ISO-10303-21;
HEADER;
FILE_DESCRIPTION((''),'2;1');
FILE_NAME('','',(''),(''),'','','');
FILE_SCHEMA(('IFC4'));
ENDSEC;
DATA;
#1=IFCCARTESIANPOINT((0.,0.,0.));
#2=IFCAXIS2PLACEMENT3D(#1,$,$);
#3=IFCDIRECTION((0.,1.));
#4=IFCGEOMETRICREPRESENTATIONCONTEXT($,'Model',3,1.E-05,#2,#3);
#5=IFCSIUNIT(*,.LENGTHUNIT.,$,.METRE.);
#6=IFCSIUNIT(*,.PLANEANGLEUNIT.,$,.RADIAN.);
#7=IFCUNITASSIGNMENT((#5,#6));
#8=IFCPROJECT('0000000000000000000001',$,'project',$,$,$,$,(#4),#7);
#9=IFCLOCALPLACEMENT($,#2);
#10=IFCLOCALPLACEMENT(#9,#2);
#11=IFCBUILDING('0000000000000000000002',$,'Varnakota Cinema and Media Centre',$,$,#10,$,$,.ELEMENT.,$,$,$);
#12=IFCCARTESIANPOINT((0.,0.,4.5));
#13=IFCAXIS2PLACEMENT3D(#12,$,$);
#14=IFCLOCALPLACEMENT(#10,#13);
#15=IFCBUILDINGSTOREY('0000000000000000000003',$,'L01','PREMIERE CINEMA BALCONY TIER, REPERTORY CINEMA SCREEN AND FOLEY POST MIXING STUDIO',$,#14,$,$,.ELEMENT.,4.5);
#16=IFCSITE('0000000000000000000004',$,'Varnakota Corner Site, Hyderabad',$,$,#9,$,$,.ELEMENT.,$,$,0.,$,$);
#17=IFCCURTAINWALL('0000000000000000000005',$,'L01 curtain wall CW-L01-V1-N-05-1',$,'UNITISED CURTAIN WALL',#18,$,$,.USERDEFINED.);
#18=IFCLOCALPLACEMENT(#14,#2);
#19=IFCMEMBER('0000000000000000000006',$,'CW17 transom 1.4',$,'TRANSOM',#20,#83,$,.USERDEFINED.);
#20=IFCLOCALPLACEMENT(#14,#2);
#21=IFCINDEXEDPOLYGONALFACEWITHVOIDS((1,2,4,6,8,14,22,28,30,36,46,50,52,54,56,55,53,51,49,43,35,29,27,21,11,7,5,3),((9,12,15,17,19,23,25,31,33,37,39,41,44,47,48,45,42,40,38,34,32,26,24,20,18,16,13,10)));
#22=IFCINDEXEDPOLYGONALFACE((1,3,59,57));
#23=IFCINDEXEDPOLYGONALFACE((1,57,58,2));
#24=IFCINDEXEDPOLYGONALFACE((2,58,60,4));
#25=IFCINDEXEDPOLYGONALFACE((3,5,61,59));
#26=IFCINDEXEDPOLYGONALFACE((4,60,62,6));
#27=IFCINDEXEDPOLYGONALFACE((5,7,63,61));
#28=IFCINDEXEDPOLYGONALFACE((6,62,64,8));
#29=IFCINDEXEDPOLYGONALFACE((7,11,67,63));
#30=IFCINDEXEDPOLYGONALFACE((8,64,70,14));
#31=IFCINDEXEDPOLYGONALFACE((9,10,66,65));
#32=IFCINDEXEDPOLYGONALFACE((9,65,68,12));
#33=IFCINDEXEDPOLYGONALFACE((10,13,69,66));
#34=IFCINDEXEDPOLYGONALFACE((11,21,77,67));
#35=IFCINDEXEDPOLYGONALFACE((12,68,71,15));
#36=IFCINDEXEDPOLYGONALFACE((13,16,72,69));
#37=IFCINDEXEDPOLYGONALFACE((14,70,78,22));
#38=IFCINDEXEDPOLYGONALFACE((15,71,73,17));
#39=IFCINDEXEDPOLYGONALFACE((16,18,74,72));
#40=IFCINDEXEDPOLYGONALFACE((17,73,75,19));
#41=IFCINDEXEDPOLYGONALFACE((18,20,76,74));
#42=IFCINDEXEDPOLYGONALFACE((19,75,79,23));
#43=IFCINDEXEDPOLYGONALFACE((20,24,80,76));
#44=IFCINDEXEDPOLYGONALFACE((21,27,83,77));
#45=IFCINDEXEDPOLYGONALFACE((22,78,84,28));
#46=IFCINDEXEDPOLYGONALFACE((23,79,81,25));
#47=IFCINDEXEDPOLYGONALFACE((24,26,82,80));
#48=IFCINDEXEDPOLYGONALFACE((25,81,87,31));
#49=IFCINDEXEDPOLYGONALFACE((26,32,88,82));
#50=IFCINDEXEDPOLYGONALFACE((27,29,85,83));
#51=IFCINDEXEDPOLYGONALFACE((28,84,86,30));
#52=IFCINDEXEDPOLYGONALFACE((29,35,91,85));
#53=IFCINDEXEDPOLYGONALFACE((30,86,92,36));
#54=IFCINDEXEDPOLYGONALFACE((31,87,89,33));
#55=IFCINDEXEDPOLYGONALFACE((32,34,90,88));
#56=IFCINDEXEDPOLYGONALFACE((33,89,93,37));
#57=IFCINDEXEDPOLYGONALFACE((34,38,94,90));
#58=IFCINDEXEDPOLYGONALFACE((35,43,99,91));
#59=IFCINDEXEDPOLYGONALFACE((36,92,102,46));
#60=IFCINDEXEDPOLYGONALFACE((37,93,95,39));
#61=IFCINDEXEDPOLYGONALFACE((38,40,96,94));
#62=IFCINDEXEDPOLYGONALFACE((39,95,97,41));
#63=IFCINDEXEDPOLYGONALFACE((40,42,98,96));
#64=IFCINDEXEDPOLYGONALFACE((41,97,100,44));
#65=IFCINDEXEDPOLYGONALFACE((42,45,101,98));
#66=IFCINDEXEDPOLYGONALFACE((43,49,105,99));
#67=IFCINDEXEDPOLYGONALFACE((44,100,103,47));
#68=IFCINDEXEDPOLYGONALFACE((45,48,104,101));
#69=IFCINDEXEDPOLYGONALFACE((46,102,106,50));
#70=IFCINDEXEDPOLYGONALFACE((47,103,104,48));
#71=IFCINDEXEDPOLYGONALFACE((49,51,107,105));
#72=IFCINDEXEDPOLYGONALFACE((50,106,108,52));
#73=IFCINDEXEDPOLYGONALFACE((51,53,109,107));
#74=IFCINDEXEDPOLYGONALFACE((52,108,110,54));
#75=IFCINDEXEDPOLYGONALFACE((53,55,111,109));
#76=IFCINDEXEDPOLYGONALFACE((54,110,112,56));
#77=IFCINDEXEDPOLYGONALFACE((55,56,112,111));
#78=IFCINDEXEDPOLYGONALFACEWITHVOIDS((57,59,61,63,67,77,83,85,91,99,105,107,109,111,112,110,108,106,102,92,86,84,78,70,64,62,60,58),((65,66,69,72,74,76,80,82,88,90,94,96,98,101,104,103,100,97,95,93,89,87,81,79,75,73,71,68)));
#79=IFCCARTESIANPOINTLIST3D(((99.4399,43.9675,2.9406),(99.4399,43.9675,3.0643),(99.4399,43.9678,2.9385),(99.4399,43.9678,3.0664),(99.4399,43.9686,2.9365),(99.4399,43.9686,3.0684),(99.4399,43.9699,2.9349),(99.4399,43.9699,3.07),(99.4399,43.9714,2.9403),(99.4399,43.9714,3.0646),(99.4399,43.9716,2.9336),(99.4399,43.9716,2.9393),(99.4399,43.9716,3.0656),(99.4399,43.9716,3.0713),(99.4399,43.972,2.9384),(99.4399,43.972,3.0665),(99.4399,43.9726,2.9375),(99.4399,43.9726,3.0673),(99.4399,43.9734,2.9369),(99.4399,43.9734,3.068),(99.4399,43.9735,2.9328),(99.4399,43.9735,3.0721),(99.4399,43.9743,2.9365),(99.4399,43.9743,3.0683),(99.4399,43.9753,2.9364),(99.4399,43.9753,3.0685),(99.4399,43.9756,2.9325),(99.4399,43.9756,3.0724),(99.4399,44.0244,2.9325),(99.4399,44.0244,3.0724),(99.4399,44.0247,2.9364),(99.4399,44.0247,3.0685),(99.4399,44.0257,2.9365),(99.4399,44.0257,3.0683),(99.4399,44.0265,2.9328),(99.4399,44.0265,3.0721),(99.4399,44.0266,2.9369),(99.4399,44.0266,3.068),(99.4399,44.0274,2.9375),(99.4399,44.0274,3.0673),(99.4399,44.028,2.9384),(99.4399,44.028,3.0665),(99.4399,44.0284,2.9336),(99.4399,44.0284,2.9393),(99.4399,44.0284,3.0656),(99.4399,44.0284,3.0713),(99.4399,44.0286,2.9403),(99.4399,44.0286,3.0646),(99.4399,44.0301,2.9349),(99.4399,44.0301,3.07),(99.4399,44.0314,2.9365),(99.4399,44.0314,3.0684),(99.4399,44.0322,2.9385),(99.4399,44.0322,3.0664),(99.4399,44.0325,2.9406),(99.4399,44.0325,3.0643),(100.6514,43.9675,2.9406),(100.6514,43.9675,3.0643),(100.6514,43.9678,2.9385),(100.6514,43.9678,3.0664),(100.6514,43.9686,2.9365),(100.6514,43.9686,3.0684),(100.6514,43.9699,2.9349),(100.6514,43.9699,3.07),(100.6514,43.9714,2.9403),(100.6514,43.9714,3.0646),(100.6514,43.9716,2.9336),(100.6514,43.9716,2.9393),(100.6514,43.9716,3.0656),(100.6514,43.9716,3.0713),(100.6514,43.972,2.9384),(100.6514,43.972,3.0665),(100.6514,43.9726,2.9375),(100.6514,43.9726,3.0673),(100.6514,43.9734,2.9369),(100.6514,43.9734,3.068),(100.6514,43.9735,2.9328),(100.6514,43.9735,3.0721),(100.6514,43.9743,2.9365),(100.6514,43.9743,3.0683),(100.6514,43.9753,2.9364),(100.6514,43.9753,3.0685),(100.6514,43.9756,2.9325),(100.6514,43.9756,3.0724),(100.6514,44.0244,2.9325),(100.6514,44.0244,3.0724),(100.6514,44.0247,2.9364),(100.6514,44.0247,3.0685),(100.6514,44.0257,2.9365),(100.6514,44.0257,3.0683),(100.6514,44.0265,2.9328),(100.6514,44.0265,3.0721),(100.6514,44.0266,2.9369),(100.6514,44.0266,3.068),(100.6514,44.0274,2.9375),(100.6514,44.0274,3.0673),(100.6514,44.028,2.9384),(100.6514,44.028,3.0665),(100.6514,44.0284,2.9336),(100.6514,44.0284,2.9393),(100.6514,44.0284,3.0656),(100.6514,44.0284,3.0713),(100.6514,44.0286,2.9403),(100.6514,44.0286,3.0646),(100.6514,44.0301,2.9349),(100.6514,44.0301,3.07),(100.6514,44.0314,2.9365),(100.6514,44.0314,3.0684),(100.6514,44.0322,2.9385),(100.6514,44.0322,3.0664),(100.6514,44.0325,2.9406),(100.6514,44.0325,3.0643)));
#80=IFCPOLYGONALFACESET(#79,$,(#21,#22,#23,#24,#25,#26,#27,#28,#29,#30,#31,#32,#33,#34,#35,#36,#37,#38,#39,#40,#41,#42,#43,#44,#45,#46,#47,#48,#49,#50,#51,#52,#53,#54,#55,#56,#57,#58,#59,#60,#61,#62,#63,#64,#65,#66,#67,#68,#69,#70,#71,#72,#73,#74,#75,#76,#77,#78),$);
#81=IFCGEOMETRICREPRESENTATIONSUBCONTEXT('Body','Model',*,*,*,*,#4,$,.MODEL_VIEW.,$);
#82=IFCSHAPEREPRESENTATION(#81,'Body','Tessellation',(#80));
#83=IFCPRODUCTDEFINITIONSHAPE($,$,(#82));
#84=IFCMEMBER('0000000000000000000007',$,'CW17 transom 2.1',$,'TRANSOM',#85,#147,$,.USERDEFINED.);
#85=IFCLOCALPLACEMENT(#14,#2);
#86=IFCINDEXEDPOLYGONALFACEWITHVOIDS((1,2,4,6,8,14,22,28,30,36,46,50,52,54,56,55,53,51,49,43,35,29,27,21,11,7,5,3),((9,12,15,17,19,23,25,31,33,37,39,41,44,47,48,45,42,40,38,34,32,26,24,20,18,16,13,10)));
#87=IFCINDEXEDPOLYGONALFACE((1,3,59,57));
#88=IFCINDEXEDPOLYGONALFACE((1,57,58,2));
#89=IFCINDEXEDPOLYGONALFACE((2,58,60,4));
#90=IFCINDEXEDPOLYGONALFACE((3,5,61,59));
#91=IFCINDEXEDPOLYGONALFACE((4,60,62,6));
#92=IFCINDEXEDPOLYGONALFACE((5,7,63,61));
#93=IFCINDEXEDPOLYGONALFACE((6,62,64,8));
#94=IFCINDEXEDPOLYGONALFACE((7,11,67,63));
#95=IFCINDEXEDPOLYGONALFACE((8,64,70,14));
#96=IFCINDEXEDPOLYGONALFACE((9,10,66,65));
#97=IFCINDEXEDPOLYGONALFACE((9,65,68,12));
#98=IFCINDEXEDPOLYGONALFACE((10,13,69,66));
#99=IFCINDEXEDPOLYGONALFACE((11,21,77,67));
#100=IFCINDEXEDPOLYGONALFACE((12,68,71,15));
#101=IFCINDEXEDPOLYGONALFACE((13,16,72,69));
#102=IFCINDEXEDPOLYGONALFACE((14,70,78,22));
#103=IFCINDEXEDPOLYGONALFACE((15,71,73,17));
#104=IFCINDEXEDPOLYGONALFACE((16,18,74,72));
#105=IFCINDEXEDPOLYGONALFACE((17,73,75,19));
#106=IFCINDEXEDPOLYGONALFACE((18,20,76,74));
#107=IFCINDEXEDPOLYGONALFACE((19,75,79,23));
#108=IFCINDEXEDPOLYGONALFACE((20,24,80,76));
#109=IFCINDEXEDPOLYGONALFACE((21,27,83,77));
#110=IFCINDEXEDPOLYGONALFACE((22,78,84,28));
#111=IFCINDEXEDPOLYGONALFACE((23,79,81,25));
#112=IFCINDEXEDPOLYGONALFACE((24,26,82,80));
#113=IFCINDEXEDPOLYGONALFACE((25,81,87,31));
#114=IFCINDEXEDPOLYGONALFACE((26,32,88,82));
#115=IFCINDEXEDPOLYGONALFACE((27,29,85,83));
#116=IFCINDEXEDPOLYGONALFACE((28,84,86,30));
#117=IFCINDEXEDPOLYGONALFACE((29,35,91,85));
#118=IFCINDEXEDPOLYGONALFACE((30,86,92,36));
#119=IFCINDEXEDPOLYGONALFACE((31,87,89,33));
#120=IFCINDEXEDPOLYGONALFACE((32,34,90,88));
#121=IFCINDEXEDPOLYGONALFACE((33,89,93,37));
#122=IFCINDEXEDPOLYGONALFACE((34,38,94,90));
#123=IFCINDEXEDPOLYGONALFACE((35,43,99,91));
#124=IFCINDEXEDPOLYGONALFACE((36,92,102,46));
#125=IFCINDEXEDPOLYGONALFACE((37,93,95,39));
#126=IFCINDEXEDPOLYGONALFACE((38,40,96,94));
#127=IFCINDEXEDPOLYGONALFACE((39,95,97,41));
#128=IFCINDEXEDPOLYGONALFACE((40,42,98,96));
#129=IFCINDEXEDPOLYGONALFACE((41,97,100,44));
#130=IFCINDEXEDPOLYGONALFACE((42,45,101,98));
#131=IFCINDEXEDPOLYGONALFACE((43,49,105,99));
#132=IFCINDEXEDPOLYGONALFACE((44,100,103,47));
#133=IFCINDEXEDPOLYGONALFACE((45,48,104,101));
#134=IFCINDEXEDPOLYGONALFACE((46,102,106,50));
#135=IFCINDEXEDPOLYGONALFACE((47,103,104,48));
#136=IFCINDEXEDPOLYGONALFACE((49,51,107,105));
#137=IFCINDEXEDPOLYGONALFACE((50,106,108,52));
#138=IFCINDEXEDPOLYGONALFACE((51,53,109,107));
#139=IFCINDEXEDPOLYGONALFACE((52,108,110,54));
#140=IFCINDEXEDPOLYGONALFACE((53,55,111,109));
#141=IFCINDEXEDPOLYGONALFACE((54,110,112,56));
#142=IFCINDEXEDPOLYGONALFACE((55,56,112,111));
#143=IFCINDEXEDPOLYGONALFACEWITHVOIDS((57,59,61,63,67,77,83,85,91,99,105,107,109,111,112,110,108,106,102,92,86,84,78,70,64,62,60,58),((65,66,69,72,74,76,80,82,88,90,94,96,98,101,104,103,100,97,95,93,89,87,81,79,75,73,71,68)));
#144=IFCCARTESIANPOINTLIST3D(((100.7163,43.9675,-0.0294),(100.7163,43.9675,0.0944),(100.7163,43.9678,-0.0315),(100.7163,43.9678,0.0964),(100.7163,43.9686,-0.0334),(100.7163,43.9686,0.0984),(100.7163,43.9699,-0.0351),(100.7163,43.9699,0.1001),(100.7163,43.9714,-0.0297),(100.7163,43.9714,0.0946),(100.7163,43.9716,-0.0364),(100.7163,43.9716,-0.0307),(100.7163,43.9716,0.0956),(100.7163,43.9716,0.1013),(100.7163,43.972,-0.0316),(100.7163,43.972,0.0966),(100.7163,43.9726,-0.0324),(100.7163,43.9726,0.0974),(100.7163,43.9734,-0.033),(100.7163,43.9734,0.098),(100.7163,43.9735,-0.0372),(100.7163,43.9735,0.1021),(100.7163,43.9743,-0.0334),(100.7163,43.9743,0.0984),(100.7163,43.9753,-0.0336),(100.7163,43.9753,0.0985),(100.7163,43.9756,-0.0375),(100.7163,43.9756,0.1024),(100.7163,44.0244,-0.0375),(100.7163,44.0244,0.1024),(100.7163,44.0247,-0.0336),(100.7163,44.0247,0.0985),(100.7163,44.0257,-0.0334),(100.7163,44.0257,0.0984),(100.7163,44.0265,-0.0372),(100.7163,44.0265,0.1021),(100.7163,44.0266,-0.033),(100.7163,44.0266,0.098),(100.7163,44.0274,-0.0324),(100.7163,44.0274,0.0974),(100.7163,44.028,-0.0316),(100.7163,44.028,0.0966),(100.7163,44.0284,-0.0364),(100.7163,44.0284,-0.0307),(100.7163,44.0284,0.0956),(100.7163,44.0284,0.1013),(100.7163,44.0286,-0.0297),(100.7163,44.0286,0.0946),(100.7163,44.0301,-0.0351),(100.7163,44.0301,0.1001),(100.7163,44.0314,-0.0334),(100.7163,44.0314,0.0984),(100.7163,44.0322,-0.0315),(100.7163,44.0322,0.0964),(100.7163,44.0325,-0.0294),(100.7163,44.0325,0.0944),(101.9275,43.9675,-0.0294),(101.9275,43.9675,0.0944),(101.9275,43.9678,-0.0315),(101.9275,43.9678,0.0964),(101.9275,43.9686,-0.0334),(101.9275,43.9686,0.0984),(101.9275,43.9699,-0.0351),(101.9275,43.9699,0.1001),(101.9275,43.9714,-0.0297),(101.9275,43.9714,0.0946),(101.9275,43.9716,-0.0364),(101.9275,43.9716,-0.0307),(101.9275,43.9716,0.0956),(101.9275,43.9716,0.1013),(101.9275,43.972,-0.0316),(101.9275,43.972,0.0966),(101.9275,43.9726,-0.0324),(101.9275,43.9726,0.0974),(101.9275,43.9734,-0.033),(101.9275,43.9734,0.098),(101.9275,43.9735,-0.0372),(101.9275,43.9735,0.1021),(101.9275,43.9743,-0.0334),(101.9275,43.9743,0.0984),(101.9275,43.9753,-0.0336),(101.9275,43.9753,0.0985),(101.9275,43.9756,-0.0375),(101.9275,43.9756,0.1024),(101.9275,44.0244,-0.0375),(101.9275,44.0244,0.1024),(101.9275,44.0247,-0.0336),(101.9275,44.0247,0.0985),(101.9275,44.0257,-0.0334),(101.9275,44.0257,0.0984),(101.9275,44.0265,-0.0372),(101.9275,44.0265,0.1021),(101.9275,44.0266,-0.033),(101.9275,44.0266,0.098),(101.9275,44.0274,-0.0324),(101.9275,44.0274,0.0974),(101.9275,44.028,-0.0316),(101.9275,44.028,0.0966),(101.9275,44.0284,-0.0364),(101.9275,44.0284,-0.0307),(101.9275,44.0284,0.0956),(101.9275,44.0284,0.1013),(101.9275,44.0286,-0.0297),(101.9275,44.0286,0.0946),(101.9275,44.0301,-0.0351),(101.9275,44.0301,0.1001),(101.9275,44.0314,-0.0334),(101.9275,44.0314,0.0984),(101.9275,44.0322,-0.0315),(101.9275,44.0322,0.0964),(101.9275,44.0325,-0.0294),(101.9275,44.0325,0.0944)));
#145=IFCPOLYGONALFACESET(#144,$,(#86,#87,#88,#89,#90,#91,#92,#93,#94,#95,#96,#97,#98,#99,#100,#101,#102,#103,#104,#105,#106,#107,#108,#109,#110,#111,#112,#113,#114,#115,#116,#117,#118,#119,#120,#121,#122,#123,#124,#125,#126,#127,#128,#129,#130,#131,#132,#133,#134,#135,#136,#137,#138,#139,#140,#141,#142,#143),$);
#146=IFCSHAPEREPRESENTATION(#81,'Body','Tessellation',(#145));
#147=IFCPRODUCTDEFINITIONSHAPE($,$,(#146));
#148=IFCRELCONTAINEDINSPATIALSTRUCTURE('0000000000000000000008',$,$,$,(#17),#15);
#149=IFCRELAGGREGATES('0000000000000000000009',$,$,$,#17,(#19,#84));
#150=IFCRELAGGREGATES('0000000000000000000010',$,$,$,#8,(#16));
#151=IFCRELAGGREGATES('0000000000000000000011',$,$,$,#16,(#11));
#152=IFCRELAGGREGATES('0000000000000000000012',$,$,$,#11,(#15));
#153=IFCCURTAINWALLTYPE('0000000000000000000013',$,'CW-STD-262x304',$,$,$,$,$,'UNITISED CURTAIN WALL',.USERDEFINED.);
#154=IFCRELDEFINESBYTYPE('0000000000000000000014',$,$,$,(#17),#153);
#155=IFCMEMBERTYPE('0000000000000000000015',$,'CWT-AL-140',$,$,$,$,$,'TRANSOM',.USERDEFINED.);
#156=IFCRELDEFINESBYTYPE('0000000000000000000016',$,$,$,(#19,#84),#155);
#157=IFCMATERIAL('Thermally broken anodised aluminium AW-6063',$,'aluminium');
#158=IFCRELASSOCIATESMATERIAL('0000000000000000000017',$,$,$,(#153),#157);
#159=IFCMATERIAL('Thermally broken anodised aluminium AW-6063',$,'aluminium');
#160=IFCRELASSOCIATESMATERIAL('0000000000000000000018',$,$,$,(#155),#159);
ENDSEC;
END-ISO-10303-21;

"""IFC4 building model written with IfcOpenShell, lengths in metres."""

from ifc_helpers import new_model, si_unit, direction, frame, origin, origin_2d, place, context, subcontext, project, spatial, hollow_rectangle, extrude, material, material_profile, profile_set, type_object, element, aggregate, save


model = new_model("IFC4")

# Units and contexts
model_context = context("Model", 3, precision=1e-05, world=origin(), true_north=direction((0.0, 1.0)))
body_context = subcontext(model_context, "Body", "Model", "MODEL_VIEW")
ifc_project = project(units=[si_unit("LENGTHUNIT", "METRE"), si_unit("PLANEANGLEUNIT", "RADIAN")], contexts=[model_context])

# Site, building, storey
site_placement = place(None, origin())
site = spatial("IfcSite", under=ifc_project, at=site_placement, Name="Varnakota Corner Site, Hyderabad", CompositionType="ELEMENT", RefElevation=0.0)
building_placement = place(site_placement, origin())
building = spatial("IfcBuilding", under=site, at=building_placement, Name="Varnakota Cinema and Media Centre", CompositionType="ELEMENT")
storey_placement = place(building_placement, frame((0.0, 0.0, 4.5)))
storey = spatial("IfcBuildingStorey", under=building, at=storey_placement, Name="L01", Description="PREMIERE CINEMA BALCONY TIER, REPERTORY CINEMA SCREEN AND FOLEY POST MIXING STUDIO", CompositionType="ELEMENT", Elevation=4.5)

# Curtain wall
ifc_material_1 = material(Name="Thermally broken anodised aluminium AW-6063", Category="aluminium")
curtain_wall_type = type_object("IfcCurtainWallType", Name="CW-STD-262x304", ElementType="UNITISED CURTAIN WALL", PredefinedType="USERDEFINED", material=ifc_material_1)
curtain_wall_1_placement = place(storey_placement, origin())
curtain_wall_1 = element("IfcCurtainWall", 1, at=curtain_wall_1_placement, inside=storey, type_object=curtain_wall_type, Name="L01 curtain wall CW-L01-V1-N-05-1", ObjectType="UNITISED CURTAIN WALL", PredefinedType="USERDEFINED")

# Members
ifc_material_2 = material(Name="Thermally broken anodised aluminium AW-6063", Category="aluminium")
ifc_material_profile_1 = material_profile(ifc_material_2, hollow_rectangle(XDim=0.0649, YDim=0.1399, WallThickness=0.0039, InnerFilletRadius=0.0039, OuterFilletRadius=0.0081, at=origin_2d()), Name="AL-TRANSOM 140x65x4")
ifc_profile_set_1 = profile_set([ifc_material_profile_1], Name="Thermally broken anodised aluminium AW-6063")
member_type_1 = type_object("IfcMemberType", Name="CWT-AL-140", ElementType="TRANSOM", PredefinedType="USERDEFINED", material=ifc_profile_set_1)
member_1_placement = place(storey_placement, frame((99.4399, 44.0, 3.0024), z_axis=(1.0, 0.0, 0.0), x_axis=(0.0, 1.0, 0.0)))
member_1 = element("IfcMember", 2, at=member_1_placement, type_object=member_type_1, Name="CW17 transom 1.4", ObjectType="TRANSOM", PredefinedType="USERDEFINED", context=body_context, shape_type="SweptSolid", body=[
    extrude(hollow_rectangle(XDim=0.0649, YDim=0.1399, WallThickness=0.0039, InnerFilletRadius=0.0039, OuterFilletRadius=0.0081, at=origin_2d()), origin(), (0.0, 0.0, 1.0), 1.2114),
])
member_2_placement = place(storey_placement, frame((100.7163, 44.0, 0.0325), z_axis=(1.0, 0.0, 0.0), x_axis=(0.0, 1.0, 0.0)))
member_2 = element("IfcMember", 3, at=member_2_placement, type_object=member_type_1, Name="CW17 transom 2.1", ObjectType="TRANSOM", PredefinedType="USERDEFINED", context=body_context, shape_type="SweptSolid", body=[
    extrude(hollow_rectangle(XDim=0.0649, YDim=0.1399, WallThickness=0.0039, InnerFilletRadius=0.0039, OuterFilletRadius=0.0081, at=origin_2d()), origin(), (0.0, 0.0, 1.0), 1.2112),
])

aggregate(curtain_wall_1, [member_1, member_2])

save(model, "model.ifc")
